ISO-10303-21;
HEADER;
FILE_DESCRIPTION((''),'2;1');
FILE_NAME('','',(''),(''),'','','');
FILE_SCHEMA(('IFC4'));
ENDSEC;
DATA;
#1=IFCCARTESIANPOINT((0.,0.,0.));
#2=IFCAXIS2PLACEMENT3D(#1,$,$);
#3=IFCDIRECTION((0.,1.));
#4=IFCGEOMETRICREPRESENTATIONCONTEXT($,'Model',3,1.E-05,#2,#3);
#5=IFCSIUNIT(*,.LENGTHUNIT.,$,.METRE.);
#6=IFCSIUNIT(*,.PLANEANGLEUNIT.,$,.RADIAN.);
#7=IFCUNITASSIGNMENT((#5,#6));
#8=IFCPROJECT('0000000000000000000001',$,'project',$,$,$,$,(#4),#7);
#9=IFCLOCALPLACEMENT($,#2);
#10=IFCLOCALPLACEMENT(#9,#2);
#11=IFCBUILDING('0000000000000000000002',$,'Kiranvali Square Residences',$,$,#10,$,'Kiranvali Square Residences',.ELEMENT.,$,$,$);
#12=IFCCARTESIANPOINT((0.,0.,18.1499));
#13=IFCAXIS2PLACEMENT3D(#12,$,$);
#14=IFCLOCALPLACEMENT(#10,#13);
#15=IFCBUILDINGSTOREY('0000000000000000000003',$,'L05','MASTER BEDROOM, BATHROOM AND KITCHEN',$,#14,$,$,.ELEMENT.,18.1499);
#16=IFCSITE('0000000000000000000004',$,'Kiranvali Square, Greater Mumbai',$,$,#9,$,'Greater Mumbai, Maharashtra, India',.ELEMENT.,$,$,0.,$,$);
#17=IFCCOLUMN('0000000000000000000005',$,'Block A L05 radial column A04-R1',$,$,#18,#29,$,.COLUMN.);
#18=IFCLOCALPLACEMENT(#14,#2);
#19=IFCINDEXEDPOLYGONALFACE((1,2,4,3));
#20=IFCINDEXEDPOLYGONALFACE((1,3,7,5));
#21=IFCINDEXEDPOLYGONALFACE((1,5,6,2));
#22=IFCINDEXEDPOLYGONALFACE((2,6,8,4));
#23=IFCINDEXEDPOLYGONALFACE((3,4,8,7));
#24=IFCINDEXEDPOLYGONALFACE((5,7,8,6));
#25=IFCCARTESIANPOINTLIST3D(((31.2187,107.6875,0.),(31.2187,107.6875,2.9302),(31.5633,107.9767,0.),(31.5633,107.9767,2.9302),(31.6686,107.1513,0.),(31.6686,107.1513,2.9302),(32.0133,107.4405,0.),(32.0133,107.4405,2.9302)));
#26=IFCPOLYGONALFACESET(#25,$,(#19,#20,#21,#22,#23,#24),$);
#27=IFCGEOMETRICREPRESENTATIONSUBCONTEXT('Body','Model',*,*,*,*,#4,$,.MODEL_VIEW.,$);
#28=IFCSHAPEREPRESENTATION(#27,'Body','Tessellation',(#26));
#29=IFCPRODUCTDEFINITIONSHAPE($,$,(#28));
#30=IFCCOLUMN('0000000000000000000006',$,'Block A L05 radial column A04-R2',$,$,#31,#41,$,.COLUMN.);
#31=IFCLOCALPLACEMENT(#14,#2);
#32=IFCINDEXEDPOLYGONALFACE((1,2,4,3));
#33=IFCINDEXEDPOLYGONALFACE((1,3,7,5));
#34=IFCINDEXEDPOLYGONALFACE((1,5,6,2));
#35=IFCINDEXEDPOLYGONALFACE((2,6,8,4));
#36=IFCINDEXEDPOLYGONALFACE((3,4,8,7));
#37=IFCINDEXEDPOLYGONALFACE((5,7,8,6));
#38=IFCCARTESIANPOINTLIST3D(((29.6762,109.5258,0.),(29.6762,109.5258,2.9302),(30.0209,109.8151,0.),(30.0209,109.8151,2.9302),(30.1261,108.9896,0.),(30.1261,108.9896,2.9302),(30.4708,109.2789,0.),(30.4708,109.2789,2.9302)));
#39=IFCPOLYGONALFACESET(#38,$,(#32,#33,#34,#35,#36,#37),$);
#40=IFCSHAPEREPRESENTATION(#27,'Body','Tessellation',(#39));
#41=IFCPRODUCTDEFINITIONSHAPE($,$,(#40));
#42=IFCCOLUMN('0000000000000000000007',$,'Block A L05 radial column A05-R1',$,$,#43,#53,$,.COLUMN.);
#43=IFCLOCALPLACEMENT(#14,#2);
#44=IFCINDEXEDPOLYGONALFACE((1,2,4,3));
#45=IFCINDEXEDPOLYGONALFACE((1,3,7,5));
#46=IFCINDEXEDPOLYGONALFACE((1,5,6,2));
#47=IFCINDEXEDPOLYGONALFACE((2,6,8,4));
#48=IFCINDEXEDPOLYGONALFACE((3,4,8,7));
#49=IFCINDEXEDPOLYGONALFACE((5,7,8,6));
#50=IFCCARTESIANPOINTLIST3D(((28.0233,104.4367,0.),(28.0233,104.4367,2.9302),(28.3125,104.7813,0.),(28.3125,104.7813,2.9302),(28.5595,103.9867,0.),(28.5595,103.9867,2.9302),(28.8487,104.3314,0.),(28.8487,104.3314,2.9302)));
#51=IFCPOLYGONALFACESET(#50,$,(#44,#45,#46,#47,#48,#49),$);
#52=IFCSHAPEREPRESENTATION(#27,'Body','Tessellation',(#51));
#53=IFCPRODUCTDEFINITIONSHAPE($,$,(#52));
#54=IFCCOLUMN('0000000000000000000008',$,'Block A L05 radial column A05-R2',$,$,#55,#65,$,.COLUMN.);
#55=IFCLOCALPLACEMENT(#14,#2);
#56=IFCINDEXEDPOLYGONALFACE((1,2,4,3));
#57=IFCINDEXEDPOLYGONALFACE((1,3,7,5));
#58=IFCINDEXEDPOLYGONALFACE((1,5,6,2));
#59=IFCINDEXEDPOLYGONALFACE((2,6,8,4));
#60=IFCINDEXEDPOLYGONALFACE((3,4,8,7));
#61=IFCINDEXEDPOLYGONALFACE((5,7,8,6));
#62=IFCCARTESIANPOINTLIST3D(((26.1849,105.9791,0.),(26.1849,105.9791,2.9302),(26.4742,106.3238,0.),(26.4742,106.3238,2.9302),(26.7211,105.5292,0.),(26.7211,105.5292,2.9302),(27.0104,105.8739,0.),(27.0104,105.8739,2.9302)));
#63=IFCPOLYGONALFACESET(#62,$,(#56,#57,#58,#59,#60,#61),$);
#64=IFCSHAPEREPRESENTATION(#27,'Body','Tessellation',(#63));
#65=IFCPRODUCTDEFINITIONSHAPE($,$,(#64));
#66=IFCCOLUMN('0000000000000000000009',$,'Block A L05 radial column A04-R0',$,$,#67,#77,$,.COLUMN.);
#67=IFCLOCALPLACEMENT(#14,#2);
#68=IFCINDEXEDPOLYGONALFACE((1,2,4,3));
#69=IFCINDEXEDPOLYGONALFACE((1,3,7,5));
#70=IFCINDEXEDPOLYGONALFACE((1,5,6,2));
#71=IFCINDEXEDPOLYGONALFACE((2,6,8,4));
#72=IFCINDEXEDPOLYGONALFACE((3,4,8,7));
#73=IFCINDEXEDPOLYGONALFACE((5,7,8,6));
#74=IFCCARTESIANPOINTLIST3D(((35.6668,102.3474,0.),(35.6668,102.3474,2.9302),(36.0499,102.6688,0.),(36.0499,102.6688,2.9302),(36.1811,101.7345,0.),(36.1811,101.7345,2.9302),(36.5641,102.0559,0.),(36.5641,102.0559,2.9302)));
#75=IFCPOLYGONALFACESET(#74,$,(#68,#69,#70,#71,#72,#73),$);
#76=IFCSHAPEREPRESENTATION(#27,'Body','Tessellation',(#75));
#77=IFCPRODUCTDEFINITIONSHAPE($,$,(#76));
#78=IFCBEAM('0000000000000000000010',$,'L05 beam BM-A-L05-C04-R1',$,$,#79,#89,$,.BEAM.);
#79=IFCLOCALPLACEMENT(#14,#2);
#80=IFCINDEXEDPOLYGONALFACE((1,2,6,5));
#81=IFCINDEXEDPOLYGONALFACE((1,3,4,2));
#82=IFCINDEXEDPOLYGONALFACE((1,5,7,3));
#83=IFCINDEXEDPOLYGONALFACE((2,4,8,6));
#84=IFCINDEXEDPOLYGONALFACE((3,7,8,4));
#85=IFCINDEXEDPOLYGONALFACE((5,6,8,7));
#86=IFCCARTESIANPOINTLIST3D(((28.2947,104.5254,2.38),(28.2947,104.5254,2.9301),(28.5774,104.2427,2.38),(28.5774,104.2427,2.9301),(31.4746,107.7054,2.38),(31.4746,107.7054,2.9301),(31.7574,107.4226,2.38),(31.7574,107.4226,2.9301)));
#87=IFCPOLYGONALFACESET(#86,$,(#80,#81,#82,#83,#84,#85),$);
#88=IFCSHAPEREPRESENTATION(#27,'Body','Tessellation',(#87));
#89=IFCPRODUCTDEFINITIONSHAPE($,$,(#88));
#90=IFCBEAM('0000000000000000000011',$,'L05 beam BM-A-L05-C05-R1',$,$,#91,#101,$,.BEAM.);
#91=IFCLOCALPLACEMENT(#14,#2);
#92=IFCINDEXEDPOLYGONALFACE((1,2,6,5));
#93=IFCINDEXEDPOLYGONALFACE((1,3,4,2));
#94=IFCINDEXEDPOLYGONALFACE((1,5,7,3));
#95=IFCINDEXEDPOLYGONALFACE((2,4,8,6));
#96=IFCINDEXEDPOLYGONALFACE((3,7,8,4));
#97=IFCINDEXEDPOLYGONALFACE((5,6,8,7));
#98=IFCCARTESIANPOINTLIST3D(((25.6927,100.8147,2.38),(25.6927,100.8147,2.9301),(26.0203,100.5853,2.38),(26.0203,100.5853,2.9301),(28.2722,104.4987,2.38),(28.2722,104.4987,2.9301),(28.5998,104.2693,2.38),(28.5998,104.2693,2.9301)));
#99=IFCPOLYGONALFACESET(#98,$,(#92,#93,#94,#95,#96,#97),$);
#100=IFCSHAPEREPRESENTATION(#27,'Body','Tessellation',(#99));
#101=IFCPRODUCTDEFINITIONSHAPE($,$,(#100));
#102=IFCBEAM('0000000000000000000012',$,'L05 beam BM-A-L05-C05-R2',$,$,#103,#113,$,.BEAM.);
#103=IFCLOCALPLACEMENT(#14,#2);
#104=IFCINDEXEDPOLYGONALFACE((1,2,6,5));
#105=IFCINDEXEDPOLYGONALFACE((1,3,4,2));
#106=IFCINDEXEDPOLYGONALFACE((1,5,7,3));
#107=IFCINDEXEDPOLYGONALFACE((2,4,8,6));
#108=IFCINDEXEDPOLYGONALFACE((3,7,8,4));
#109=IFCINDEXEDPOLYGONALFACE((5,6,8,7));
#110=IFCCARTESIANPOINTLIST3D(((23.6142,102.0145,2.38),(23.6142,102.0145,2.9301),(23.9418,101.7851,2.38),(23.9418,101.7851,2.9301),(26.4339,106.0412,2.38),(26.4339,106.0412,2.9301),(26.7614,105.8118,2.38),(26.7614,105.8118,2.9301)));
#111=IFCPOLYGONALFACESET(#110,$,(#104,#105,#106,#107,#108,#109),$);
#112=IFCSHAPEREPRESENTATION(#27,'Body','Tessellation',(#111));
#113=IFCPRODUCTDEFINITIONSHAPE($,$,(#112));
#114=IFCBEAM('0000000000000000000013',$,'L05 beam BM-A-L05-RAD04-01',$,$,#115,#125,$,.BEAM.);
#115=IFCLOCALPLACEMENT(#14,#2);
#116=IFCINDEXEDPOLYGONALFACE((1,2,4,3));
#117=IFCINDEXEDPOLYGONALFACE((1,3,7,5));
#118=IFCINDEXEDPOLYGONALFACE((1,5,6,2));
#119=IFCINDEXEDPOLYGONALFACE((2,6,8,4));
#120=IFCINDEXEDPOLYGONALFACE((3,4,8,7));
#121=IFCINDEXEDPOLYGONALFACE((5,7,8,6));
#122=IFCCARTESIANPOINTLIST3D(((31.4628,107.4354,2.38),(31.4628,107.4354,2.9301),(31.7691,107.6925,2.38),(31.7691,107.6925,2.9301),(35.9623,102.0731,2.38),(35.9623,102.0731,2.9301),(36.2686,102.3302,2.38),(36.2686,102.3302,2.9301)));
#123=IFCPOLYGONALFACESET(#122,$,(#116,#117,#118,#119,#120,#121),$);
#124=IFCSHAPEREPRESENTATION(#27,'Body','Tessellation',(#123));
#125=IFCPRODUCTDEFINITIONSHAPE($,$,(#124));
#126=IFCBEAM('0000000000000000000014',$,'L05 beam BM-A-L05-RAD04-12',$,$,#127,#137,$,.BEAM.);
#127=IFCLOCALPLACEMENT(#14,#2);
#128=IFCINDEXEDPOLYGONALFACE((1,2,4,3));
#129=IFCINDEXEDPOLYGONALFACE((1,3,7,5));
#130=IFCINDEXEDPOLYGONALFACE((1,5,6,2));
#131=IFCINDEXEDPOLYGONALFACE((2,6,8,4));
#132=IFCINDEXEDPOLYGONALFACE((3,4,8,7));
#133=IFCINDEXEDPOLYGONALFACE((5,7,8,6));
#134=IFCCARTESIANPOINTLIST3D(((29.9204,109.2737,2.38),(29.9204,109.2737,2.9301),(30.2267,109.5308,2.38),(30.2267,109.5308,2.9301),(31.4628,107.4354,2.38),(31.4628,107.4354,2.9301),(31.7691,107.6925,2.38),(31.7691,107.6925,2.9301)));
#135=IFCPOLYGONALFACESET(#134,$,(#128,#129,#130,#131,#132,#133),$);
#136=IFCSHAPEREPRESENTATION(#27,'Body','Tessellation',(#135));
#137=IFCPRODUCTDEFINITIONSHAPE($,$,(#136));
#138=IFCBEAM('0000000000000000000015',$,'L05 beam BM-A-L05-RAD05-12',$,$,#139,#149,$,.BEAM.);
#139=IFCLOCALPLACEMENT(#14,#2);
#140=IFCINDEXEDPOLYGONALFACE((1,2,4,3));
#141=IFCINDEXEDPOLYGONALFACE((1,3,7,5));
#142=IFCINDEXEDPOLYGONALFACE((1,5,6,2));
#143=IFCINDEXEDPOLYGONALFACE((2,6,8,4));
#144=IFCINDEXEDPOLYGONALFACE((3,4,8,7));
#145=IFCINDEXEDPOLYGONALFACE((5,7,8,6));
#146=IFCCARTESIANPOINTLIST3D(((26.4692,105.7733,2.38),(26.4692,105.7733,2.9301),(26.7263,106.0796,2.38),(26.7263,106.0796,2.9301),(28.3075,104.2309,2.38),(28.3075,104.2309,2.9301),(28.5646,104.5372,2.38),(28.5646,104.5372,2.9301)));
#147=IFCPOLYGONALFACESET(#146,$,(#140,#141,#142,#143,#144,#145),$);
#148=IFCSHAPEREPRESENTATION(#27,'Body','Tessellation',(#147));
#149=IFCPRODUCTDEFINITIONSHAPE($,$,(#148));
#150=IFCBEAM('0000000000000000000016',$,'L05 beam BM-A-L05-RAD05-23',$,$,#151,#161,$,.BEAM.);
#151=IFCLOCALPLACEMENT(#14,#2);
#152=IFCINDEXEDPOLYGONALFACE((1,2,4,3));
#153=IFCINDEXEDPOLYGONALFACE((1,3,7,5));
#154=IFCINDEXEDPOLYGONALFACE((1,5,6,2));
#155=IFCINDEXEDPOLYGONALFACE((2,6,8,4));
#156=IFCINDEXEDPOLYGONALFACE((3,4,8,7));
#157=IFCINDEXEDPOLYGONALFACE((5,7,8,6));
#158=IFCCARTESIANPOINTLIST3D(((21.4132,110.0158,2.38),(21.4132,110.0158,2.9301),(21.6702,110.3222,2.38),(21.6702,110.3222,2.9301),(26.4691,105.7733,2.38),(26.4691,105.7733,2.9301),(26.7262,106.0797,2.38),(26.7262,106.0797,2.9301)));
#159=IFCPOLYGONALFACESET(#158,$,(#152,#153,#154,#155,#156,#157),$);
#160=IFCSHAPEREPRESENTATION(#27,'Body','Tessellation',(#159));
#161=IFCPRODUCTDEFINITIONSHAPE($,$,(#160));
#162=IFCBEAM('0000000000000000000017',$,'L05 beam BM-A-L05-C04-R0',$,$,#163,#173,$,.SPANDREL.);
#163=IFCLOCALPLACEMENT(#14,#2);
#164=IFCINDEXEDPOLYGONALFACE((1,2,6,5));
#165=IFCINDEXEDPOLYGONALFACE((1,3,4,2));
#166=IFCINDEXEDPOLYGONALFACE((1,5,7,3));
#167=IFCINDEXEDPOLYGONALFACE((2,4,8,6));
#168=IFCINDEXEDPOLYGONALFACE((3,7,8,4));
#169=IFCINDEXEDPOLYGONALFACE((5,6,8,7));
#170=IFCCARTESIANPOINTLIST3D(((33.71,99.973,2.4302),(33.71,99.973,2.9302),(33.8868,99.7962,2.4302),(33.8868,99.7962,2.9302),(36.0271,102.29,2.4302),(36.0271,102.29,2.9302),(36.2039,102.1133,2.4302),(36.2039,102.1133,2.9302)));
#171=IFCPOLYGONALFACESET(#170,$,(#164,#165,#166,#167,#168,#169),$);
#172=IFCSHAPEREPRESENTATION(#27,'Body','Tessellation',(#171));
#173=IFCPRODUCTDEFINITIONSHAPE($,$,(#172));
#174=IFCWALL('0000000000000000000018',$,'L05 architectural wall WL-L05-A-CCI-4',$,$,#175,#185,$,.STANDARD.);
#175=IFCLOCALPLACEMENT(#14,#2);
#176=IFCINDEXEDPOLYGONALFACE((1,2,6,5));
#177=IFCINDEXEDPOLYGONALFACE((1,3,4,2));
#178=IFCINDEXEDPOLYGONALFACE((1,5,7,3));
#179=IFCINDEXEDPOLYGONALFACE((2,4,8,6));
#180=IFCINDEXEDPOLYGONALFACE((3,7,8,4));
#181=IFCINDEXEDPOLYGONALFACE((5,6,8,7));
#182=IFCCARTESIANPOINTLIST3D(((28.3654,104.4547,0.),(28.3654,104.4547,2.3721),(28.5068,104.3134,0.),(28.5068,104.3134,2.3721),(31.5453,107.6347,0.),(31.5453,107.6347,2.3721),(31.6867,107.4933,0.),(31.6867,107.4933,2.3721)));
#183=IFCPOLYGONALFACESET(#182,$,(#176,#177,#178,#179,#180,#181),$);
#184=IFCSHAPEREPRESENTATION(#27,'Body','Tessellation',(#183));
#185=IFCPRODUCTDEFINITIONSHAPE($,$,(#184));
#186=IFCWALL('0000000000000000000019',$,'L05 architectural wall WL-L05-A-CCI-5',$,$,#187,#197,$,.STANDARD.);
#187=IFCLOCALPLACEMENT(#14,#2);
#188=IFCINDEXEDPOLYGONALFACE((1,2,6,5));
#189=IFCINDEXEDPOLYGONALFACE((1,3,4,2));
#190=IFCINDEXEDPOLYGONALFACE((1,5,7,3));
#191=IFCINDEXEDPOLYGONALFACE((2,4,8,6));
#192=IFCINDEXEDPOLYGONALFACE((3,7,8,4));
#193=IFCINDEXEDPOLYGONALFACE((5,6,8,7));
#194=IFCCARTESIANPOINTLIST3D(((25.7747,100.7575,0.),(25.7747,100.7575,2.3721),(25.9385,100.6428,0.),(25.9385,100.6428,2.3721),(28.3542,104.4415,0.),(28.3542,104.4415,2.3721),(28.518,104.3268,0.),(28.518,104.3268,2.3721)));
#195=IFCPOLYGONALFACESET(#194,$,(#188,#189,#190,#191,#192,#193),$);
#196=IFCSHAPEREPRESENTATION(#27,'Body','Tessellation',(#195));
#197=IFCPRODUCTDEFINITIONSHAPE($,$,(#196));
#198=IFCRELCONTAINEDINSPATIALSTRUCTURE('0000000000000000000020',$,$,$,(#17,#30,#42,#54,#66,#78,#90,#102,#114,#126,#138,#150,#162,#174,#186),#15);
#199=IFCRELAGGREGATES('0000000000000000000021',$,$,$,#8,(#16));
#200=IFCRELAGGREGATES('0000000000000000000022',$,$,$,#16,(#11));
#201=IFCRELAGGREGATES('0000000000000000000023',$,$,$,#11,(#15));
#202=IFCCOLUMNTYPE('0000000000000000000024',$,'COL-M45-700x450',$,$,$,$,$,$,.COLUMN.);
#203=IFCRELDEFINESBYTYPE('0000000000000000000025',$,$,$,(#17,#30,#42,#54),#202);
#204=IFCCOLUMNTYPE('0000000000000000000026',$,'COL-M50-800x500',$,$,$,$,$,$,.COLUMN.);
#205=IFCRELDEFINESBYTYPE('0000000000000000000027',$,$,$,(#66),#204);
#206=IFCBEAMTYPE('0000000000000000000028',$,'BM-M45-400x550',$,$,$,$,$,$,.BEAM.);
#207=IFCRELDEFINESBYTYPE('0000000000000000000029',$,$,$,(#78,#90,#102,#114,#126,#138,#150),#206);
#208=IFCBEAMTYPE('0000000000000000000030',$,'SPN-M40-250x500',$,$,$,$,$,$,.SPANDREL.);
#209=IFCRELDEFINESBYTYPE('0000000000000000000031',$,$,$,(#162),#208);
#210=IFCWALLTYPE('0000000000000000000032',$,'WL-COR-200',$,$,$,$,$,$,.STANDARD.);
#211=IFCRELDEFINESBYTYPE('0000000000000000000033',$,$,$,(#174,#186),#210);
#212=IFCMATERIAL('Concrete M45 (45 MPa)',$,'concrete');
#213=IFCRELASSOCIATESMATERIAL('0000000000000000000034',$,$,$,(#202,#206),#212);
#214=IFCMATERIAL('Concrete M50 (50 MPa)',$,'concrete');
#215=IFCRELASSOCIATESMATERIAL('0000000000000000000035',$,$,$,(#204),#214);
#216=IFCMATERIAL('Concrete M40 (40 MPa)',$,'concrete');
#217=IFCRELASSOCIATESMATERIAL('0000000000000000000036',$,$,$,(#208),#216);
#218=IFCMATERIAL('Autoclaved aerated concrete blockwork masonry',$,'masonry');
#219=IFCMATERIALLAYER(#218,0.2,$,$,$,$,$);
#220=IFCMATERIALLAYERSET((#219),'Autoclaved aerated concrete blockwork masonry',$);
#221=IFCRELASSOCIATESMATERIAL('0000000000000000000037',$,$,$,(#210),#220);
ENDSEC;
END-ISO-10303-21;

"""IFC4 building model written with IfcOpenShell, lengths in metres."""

from ifc_helpers import new_model, si_unit, direction, frame, frame_2d, origin, origin_2d, place, context, subcontext, project, spatial, rectangle, extrude, material, layer, layer_set, material_profile, profile_set, type_object, element, save


model = new_model("IFC4")

# Units and contexts
model_context = context("Model", 3, precision=1e-05, world=origin(), true_north=direction((0.0, 1.0)))
body_context = subcontext(model_context, "Body", "Model", "MODEL_VIEW")
ifc_project = project(units=[si_unit("LENGTHUNIT", "METRE"), si_unit("PLANEANGLEUNIT", "RADIAN")], contexts=[model_context])

# Site, building, storey
site_placement = place(None, origin())
site = spatial("IfcSite", under=ifc_project, at=site_placement, Name="Kiranvali Square, Greater Mumbai", LongName="Greater Mumbai, Maharashtra, India", CompositionType="ELEMENT", RefElevation=0.0)
building_placement = place(site_placement, origin())
building = spatial("IfcBuilding", under=site, at=building_placement, Name="Kiranvali Square Residences", LongName="Kiranvali Square Residences", CompositionType="ELEMENT")
storey_placement = place(building_placement, frame((0.0, 0.0, 18.1499)))
storey = spatial("IfcBuildingStorey", under=building, at=storey_placement, Name="L05", Description="MASTER BEDROOM, BATHROOM AND KITCHEN", CompositionType="ELEMENT", Elevation=18.1499)

# Columns
ifc_material_1 = material(Name="Concrete M45 (45 MPa)", Category="concrete")
ifc_material_profile_1 = material_profile(ifc_material_1, rectangle(XDim=0.45, YDim=0.7, at=origin_2d()), Name="RC 700x450")
ifc_profile_set_1 = profile_set([ifc_material_profile_1], Name="Concrete M45 (45 MPa)")
column_type_1 = type_object("IfcColumnType", Name="COL-M45-700x450", PredefinedType="COLUMN", material=ifc_profile_set_1)
for number, where, z_axis, x_axis, name in (
    (1, (31.616, 107.564, 0.0), (0.0, 0.0, 1.0), (0.766044, 0.642788, 0.0), "Block A L05 radial column A04-R1"),
    (2, (30.0735, 109.4023, 0.0), (0.0, 0.0, 1.0), (0.766044, 0.642788, 0.0), "Block A L05 radial column A04-R2"),
    (3, (28.436, 104.384, 0.0), (0.0, 0.0, 1.0), (0.642788, 0.766044, 0.0), "Block A L05 radial column A05-R1"),
    (4, (26.5977, 105.9265, 0.0), (0.0, 0.0, 1.0), (0.642788, 0.766044, 0.0), "Block A L05 radial column A05-R2"),
):
    element("IfcColumn", number, at=place(storey_placement, frame(where, z_axis=z_axis, x_axis=x_axis)), inside=storey, type_object=column_type_1, Name=name, PredefinedType="COLUMN", context=body_context, shape_type="SweptSolid", body=[
        extrude(rectangle(XDim=0.45, YDim=0.7, at=origin_2d()), origin(), (0.0, 0.0, 1.0), 2.9302),
    ])
ifc_material_2 = material(Name="Concrete M50 (50 MPa)", Category="concrete")
ifc_material_profile_2 = material_profile(ifc_material_2, rectangle(XDim=0.5, YDim=0.8, at=origin_2d()), Name="RC 800x500")
ifc_profile_set_2 = profile_set([ifc_material_profile_2], Name="Concrete M50 (50 MPa)")
column_type_2 = type_object("IfcColumnType", Name="COL-M50-800x500", PredefinedType="COLUMN", material=ifc_profile_set_2)
column_placement = place(storey_placement, frame((36.1155, 102.2017, 0.0), z_axis=(0.0, 0.0, 1.0), x_axis=(0.766044, 0.642788, 0.0)))
element("IfcColumn", 5, at=column_placement, inside=storey, type_object=column_type_2, Name="Block A L05 radial column A04-R0", PredefinedType="COLUMN", context=body_context, shape_type="SweptSolid", body=[
    extrude(rectangle(XDim=0.5, YDim=0.8, at=origin_2d()), origin(), (0.0, 0.0, 1.0), 2.9302),
])

# Beams
ifc_material_profile_3 = material_profile(ifc_material_1, rectangle(XDim=0.3999, YDim=0.55, at=origin_2d()), Name="RC 400x550")
ifc_profile_set_3 = profile_set([ifc_material_profile_3], Name="Concrete M45 (45 MPa)")
beam_type_1 = type_object("IfcBeamType", Name="BM-M45-400x550", PredefinedType="BEAM", material=ifc_profile_set_3)
beam_1_placement = place(storey_placement, frame((31.616, 107.564, 2.655), z_axis=(-0.707107, -0.707107, 0.0), x_axis=(0.707107, -0.707107, 0.0)))
element("IfcBeam", 6, at=beam_1_placement, inside=storey, type_object=beam_type_1, Name="L05 beam BM-A-L05-C04-R1", PredefinedType="BEAM", context=body_context, shape_type="SweptSolid", body=[
    extrude(rectangle(XDim=0.3999, YDim=0.55, at=origin_2d()), origin(), (0.0, 0.0, 1.0), 4.4971),
])
beam_2_placement = place(storey_placement, frame((28.436, 104.384, 2.655), z_axis=(-0.573572, -0.819155, 0.0), x_axis=(0.819155, -0.573572, 0.0)))
element("IfcBeam", 7, at=beam_2_placement, inside=storey, type_object=beam_type_1, Name="L05 beam BM-A-L05-C05-R1", PredefinedType="BEAM", context=body_context, shape_type="SweptSolid", body=[
    extrude(rectangle(XDim=0.3999, YDim=0.55, at=origin_2d()), origin(), (0.0, 0.0, 1.0), 4.4973),
])
beam_3_placement = place(storey_placement, frame((26.5977, 105.9265, 2.655), z_axis=(-0.573592, -0.819141, 0.0), x_axis=(0.819141, -0.573592, 0.0)))
element("IfcBeam", 8, at=beam_3_placement, inside=storey, type_object=beam_type_1, Name="L05 beam BM-A-L05-C05-R2", PredefinedType="BEAM", context=body_context, shape_type="SweptSolid", body=[
    extrude(rectangle(XDim=0.3999, YDim=0.55, at=origin_2d()), origin(), (0.0, 0.0, 1.0), 4.9158),
])
beam_4_placement = place(storey_placement, frame((36.1155, 102.2017, 2.655), z_axis=(-0.642788, 0.766044, 0.0), x_axis=(-0.766044, -0.642788, 0.0)))
element("IfcBeam", 9, at=beam_4_placement, inside=storey, type_object=beam_type_1, Name="L05 beam BM-A-L05-RAD04-01", PredefinedType="BEAM", context=body_context, shape_type="SweptSolid", body=[
    extrude(rectangle(XDim=0.3999, YDim=0.55, at=origin_2d()), origin(), (0.0, 0.0, 1.0), 7.0),
])
for number, where, z_axis, x_axis, name in (
    (10, (31.616, 107.564, 2.655), (-0.642763, 0.766065, 0.0), (-0.766065, -0.642763, 0.0), "L05 beam BM-A-L05-RAD04-12"),
    (11, (28.436, 104.384, 2.655), (-0.766065, 0.642763, 0.0), (-0.642763, -0.766065, 0.0), "L05 beam BM-A-L05-RAD05-12"),
):
    element("IfcBeam", number, at=place(storey_placement, frame(where, z_axis=z_axis, x_axis=x_axis)), inside=storey, type_object=beam_type_1, Name=name, PredefinedType="BEAM", context=body_context, shape_type="SweptSolid", body=[
        extrude(rectangle(XDim=0.3999, YDim=0.55, at=origin_2d()), origin(), (0.0, 0.0, 1.0), 2.3997),
    ])
beam_5_placement = place(storey_placement, frame((26.5977, 105.9265, 2.655), z_axis=(-0.766043, 0.642789, 0.0), x_axis=(-0.642789, -0.766043, 0.0)))
element("IfcBeam", 12, at=beam_5_placement, inside=storey, type_object=beam_type_1, Name="L05 beam BM-A-L05-RAD05-23", PredefinedType="BEAM", context=body_context, shape_type="SweptSolid", body=[
    extrude(rectangle(XDim=0.3999, YDim=0.55, at=origin_2d()), origin(), (0.0, 0.0, 1.0), 6.6001),
])
ifc_material_3 = material(Name="Concrete M40 (40 MPa)", Category="concrete")
ifc_material_profile_4 = material_profile(ifc_material_3, rectangle(XDim=0.25, YDim=0.5, at=origin_2d()), Name="RC 250x500")
ifc_profile_set_4 = profile_set([ifc_material_profile_4], Name="Concrete M40 (40 MPa)")
beam_type_2 = type_object("IfcBeamType", Name="SPN-M40-250x500", PredefinedType="SPANDREL", material=ifc_profile_set_4)
beam_6_placement = place(storey_placement, frame((36.1155, 102.2017, 2.6802), z_axis=(-0.707107, -0.707107, 0.0), x_axis=(0.707107, -0.707107, 0.0)))
element("IfcBeam", 13, at=beam_6_placement, inside=storey, type_object=beam_type_2, Name="L05 beam BM-A-L05-C04-R0", PredefinedType="SPANDREL", context=body_context, shape_type="SweptSolid", body=[
    extrude(rectangle(XDim=0.25, YDim=0.5, at=origin_2d()), origin(), (0.0, 0.0, 1.0), 3.2769),
])

# Walls
ifc_material_4 = material(Name="Autoclaved aerated concrete blockwork masonry", Category="masonry")
ifc_layer_1 = layer(ifc_material_4, 0.2)
ifc_layer_set_1 = layer_set([ifc_layer_1], Name="Autoclaved aerated concrete blockwork masonry")
wall_type_1 = type_object("IfcWallType", Name="WL-COR-200", PredefinedType="STANDARD", material=ifc_layer_set_1)
wall_1_placement = place(storey_placement, frame((31.616, 107.564, 0.0), z_axis=(0.0, 0.0, 1.0), x_axis=(-0.707107, -0.707107, 0.0)))
element("IfcWall", 14, at=wall_1_placement, inside=storey, type_object=wall_type_1, Name="L05 architectural wall WL-L05-A-CCI-4", PredefinedType="STANDARD", context=body_context, shape_type="SweptSolid", body=[
    extrude(rectangle(XDim=4.4971, YDim=0.2, at=frame_2d((2.2485, 0.0))), origin(), (0.0, 0.0, 1.0), 2.3721),
])
wall_2_placement = place(storey_placement, frame((28.436, 104.384, 0.0), z_axis=(0.0, 0.0, 1.0), x_axis=(-0.573572, -0.819155, 0.0)))
element("IfcWall", 15, at=wall_2_placement, inside=storey, type_object=wall_type_1, Name="L05 architectural wall WL-L05-A-CCI-5", PredefinedType="STANDARD", context=body_context, shape_type="SweptSolid", body=[
    extrude(rectangle(XDim=4.4973, YDim=0.2, at=frame_2d((2.2485, 0.0))), origin(), (0.0, 0.0, 1.0), 2.3721),
])

save(model, "model.ifc")
